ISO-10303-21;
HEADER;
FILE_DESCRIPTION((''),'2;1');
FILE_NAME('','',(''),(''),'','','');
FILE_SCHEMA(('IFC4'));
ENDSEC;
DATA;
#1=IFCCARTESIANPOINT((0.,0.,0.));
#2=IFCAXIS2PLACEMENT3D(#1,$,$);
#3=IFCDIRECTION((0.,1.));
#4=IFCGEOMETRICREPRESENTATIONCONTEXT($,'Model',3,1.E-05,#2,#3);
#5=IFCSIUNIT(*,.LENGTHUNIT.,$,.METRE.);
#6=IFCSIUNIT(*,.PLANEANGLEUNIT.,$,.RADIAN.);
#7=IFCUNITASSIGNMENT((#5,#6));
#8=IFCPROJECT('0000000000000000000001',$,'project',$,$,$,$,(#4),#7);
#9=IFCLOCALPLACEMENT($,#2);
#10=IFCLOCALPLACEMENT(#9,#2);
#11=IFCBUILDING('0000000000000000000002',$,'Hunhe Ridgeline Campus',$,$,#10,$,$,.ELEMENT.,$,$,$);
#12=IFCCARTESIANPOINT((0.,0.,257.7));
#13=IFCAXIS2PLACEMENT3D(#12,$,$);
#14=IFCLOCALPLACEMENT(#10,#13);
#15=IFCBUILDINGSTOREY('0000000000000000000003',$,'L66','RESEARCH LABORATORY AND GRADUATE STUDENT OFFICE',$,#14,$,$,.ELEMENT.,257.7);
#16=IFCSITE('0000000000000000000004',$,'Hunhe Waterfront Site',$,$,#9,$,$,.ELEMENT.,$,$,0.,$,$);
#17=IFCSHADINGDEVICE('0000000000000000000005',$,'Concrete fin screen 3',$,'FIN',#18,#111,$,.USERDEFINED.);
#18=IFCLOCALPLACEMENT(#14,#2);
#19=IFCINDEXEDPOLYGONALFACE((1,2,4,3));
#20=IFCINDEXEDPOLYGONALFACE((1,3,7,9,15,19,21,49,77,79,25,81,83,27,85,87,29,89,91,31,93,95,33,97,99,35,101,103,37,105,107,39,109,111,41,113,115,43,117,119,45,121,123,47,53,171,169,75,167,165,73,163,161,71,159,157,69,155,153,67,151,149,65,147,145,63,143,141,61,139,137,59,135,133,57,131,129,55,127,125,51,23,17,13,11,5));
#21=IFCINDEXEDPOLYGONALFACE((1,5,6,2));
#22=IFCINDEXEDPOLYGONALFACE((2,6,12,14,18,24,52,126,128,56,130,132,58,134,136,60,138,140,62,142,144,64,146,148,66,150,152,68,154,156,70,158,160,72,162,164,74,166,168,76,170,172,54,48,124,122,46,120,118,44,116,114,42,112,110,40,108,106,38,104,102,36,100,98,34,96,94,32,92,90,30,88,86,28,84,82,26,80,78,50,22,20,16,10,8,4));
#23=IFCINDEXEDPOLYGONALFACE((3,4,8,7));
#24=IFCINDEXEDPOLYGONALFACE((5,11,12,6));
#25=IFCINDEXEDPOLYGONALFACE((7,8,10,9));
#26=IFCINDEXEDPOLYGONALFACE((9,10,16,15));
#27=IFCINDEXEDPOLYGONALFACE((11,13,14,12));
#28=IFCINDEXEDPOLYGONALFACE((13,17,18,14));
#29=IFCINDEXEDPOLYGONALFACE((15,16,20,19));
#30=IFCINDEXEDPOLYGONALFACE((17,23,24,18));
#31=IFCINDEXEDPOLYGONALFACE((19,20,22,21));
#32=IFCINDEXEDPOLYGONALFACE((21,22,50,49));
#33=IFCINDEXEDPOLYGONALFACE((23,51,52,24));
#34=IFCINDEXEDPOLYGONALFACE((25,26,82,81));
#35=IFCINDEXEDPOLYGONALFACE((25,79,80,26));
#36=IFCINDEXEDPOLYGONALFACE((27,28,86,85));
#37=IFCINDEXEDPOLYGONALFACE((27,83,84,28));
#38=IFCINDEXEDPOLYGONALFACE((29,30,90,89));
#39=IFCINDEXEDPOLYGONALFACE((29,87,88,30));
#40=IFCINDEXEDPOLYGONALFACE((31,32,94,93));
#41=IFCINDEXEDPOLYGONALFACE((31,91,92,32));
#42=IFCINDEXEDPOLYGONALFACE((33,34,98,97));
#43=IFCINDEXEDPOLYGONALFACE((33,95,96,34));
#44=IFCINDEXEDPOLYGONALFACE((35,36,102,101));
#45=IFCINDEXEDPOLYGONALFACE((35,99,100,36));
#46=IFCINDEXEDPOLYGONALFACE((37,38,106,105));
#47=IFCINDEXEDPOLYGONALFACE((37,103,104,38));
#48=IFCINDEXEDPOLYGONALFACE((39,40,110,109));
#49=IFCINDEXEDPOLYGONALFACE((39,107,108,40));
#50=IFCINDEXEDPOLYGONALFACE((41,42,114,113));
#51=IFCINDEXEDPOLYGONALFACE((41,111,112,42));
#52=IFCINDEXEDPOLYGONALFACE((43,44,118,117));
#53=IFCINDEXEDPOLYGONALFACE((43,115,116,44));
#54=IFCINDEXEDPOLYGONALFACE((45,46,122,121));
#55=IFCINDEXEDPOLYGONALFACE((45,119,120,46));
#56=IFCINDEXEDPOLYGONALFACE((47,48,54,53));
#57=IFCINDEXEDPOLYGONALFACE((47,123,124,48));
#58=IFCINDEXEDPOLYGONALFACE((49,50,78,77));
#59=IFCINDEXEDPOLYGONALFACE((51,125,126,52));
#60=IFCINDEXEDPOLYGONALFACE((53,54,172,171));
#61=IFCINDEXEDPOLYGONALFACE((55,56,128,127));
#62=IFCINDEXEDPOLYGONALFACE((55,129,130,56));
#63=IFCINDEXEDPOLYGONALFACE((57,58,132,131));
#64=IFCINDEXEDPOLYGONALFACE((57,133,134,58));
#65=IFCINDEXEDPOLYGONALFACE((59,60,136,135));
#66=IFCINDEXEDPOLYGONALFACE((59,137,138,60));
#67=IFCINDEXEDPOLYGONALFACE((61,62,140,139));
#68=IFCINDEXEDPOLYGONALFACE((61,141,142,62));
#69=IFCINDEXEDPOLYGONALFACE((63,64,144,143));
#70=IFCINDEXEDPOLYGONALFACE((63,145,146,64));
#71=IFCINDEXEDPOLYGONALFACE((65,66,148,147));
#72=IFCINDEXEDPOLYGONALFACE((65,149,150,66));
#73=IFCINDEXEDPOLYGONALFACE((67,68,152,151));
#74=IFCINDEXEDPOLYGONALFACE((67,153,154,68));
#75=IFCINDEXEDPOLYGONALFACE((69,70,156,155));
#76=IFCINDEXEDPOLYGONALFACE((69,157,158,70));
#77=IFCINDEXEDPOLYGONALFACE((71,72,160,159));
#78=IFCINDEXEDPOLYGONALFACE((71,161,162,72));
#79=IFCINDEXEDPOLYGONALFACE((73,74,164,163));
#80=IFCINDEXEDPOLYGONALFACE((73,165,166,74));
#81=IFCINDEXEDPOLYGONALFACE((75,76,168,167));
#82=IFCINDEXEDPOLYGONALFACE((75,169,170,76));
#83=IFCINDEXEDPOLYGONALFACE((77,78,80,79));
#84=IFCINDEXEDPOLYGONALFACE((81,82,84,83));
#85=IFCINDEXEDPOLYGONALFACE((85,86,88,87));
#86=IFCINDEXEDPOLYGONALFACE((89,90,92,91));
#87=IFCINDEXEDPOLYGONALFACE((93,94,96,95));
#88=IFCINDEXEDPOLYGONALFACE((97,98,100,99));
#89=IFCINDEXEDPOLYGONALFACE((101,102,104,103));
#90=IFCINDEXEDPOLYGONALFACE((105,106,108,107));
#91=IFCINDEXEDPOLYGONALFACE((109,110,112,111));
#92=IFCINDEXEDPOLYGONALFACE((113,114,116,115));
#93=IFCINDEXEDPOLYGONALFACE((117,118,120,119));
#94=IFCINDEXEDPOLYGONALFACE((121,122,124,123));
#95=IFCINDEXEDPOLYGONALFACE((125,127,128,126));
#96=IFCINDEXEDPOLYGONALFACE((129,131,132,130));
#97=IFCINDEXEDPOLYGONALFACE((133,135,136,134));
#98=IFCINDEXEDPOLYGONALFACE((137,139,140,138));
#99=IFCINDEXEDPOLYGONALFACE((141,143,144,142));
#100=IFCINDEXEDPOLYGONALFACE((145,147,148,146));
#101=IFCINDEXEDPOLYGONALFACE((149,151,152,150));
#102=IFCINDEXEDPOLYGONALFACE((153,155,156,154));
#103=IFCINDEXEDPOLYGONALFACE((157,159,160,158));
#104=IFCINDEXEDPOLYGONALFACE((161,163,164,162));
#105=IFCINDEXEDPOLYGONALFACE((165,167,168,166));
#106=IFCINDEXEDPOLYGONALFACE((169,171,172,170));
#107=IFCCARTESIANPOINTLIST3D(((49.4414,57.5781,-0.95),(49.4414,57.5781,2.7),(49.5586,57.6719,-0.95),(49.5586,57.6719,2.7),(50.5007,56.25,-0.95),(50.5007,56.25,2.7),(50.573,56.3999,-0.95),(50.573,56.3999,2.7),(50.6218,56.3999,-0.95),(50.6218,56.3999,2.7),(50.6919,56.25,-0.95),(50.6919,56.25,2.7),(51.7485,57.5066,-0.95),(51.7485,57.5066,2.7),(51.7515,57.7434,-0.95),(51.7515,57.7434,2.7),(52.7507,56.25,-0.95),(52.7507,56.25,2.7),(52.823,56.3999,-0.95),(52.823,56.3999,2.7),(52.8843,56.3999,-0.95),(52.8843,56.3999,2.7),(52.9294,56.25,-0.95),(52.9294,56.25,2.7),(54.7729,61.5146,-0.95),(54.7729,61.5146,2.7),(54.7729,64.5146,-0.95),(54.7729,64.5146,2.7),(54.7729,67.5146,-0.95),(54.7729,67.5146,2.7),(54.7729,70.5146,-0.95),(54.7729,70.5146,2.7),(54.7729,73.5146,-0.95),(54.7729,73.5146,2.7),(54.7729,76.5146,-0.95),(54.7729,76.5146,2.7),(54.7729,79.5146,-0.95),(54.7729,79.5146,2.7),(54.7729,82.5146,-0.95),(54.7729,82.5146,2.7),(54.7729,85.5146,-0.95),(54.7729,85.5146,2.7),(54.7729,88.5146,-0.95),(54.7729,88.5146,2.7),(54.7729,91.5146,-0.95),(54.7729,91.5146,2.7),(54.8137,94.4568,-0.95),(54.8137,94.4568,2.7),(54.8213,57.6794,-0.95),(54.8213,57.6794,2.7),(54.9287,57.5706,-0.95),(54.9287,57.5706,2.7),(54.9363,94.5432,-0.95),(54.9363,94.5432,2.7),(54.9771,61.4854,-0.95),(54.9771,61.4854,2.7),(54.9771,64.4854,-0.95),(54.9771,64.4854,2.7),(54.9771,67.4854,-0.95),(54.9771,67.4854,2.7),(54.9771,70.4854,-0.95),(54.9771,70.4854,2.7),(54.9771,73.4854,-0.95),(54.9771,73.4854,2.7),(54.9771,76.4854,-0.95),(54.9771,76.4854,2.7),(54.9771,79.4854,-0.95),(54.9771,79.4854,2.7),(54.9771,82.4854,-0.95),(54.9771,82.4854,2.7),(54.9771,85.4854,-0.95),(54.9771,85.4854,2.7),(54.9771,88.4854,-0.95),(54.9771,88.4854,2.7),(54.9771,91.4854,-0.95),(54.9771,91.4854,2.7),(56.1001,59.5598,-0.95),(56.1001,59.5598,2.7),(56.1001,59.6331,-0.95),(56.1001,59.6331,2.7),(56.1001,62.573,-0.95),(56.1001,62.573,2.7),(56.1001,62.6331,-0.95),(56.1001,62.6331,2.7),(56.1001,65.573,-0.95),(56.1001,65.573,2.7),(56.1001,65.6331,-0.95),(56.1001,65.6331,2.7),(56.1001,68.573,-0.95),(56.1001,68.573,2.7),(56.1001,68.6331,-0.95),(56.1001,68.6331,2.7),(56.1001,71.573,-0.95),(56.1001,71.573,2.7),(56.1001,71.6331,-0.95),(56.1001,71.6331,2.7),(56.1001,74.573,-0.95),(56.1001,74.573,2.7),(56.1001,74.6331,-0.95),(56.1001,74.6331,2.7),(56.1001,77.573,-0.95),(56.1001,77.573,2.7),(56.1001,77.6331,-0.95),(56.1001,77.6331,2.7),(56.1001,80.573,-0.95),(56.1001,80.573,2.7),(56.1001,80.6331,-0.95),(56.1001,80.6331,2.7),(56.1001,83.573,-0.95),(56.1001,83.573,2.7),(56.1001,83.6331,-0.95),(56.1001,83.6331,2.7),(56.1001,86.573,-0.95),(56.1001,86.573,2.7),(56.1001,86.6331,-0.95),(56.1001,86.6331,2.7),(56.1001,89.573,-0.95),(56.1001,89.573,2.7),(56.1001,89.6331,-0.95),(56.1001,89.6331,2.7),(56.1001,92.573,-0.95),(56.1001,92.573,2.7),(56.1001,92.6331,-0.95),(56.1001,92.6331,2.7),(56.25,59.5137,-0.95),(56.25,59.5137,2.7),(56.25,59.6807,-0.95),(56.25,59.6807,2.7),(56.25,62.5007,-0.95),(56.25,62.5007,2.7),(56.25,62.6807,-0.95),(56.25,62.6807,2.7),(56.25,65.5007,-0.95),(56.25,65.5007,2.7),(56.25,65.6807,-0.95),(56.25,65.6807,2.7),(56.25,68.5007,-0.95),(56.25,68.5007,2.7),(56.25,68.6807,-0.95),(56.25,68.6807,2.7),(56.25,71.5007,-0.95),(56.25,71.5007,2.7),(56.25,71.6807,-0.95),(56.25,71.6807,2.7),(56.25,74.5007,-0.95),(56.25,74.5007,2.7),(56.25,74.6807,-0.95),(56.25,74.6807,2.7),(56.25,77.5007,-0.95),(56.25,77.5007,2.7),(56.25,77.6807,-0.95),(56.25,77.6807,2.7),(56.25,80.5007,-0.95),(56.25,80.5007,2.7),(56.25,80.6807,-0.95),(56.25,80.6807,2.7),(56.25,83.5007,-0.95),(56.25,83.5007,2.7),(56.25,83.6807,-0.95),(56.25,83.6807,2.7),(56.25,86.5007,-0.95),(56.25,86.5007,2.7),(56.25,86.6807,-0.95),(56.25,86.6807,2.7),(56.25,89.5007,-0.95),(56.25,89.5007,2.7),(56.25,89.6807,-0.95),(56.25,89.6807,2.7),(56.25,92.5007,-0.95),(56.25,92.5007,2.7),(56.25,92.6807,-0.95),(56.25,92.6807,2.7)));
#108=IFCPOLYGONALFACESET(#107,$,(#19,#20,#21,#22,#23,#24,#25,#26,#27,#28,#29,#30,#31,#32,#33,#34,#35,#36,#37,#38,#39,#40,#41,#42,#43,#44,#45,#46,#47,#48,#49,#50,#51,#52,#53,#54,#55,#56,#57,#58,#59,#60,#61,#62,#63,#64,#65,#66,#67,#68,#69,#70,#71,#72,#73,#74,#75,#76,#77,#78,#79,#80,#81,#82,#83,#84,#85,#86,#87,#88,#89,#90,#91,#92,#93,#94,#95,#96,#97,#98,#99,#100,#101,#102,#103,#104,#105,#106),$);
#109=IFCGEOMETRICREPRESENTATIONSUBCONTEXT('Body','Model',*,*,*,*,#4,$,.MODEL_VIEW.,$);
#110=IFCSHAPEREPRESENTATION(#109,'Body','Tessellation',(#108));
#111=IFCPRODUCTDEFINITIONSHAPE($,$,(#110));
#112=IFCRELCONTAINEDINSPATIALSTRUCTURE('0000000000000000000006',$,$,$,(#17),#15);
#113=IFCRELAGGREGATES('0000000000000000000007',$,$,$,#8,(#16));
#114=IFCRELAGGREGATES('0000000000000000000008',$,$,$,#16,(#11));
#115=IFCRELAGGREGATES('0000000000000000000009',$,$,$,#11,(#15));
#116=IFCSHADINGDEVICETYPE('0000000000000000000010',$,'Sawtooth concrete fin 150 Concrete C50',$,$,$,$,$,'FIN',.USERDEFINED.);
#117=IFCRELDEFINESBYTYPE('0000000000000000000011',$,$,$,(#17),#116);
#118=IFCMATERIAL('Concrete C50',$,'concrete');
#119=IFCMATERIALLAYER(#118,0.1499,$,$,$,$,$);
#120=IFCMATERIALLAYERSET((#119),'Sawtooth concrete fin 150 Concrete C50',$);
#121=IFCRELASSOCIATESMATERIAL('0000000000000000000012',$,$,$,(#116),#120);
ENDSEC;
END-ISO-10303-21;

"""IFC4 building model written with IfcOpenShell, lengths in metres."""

from ifc_helpers import new_model, si_unit, direction, frame, origin, place, context, subcontext, project, spatial, polyline, outline, extrude, material, layer, layer_set, type_object, element, save


model = new_model("IFC4")

# Units and contexts
model_context = context("Model", 3, precision=1e-05, world=origin(), true_north=direction((0.0, 1.0)))
body_context = subcontext(model_context, "Body", "Model", "MODEL_VIEW")
ifc_project = project(units=[si_unit("LENGTHUNIT", "METRE"), si_unit("PLANEANGLEUNIT", "RADIAN")], contexts=[model_context])

# Site, building, storey
site_placement = place(None, origin())
site = spatial("IfcSite", under=ifc_project, at=site_placement, Name="Hunhe Waterfront Site", CompositionType="ELEMENT", RefElevation=0.0)
building_placement = place(site_placement, origin())
building = spatial("IfcBuilding", under=site, at=building_placement, Name="Hunhe Ridgeline Campus", CompositionType="ELEMENT")
storey_placement = place(building_placement, frame((0.0, 0.0, 257.7)))
storey = spatial("IfcBuildingStorey", under=building, at=storey_placement, Name="L66", Description="RESEARCH LABORATORY AND GRADUATE STUDENT OFFICE", CompositionType="ELEMENT", Elevation=257.7)

# Shared definitions
ifc_material_1 = material(Name="Concrete C50", Category="concrete")

# Shading device
ifc_layer_1 = layer(ifc_material_1, 0.1499)
ifc_layer_set_1 = layer_set([ifc_layer_1], Name="Sawtooth concrete fin 150 Concrete C50")
shading_device_type = type_object("IfcShadingDeviceType", Name="Sawtooth concrete fin 150 Concrete C50", ElementType="FIN", PredefinedType="USERDEFINED", material=ifc_layer_set_1)
shading_device_1_placement = place(storey_placement, frame((0.0, 0.0, -0.95)))
element("IfcShadingDevice", 1, at=shading_device_1_placement, inside=storey, type_object=shading_device_type, Name="Concrete fin screen 3", ObjectType="FIN", PredefinedType="USERDEFINED", context=body_context, shape_type="SweptSolid", body=[
    extrude(outline(polyline([(49.5586, 57.6719), (49.4414, 57.5781), (50.5007, 56.25), (50.6919, 56.25), (51.7485, 57.5066), (52.7507, 56.25), (52.9294, 56.25), (54.9287, 57.5706), (56.25, 59.5137), (56.25, 59.6807), (54.9771, 61.4854), (56.25, 62.5007), (56.25, 62.6807), (54.9771, 64.4854), (56.25, 65.5007), (56.25, 65.6807), (54.9771, 67.4854), (56.25, 68.5007), (56.25, 68.6807), (54.9771, 70.4854), (56.25, 71.5007), (56.25, 71.6807), (54.9771, 73.4854), (56.25, 74.5007), (56.25, 74.6807), (54.9771, 76.4854), (56.25, 77.5007), (56.25, 77.6807), (54.9771, 79.4854), (56.25, 80.5007), (56.25, 80.6807), (54.9771, 82.4854), (56.25, 83.5007), (56.25, 83.6807), (54.9771, 85.4854), (56.25, 86.5007), (56.25, 86.6807), (54.9771, 88.4854), (56.25, 89.5007), (56.25, 89.6807), (54.9771, 91.4854), (56.25, 92.5007), (56.25, 92.6807), (54.9363, 94.5432), (54.8137, 94.4568), (56.1001, 92.6331), (56.1001, 92.573), (54.7729, 91.5146), (56.1001, 89.6331), (56.1001, 89.573), (54.7729, 88.5146), (56.1001, 86.6331), (56.1001, 86.573), (54.7729, 85.5146), (56.1001, 83.6331), (56.1001, 83.573), (54.7729, 82.5146), (56.1001, 80.6331), (56.1001, 80.573), (54.7729, 79.5146), (56.1001, 77.6331), (56.1001, 77.573), (54.7729, 76.5146), (56.1001, 74.6331), (56.1001, 74.573), (54.7729, 73.5146), (56.1001, 71.6331), (56.1001, 71.573), (54.7729, 70.5146), (56.1001, 68.6331), (56.1001, 68.573), (54.7729, 67.5146), (56.1001, 65.6331), (56.1001, 65.573), (54.7729, 64.5146), (56.1001, 62.6331), (56.1001, 62.573), (54.7729, 61.5146), (56.1001, 59.6331), (56.1001, 59.5598), (54.8213, 57.6794), (52.8843, 56.3999), (52.823, 56.3999), (51.7515, 57.7434), (50.6218, 56.3999), (50.573, 56.3999), (49.5586, 57.6719)])), origin(), (0.0, 0.0, 1.0), 3.6499),
])

save(model, "model.ifc")
